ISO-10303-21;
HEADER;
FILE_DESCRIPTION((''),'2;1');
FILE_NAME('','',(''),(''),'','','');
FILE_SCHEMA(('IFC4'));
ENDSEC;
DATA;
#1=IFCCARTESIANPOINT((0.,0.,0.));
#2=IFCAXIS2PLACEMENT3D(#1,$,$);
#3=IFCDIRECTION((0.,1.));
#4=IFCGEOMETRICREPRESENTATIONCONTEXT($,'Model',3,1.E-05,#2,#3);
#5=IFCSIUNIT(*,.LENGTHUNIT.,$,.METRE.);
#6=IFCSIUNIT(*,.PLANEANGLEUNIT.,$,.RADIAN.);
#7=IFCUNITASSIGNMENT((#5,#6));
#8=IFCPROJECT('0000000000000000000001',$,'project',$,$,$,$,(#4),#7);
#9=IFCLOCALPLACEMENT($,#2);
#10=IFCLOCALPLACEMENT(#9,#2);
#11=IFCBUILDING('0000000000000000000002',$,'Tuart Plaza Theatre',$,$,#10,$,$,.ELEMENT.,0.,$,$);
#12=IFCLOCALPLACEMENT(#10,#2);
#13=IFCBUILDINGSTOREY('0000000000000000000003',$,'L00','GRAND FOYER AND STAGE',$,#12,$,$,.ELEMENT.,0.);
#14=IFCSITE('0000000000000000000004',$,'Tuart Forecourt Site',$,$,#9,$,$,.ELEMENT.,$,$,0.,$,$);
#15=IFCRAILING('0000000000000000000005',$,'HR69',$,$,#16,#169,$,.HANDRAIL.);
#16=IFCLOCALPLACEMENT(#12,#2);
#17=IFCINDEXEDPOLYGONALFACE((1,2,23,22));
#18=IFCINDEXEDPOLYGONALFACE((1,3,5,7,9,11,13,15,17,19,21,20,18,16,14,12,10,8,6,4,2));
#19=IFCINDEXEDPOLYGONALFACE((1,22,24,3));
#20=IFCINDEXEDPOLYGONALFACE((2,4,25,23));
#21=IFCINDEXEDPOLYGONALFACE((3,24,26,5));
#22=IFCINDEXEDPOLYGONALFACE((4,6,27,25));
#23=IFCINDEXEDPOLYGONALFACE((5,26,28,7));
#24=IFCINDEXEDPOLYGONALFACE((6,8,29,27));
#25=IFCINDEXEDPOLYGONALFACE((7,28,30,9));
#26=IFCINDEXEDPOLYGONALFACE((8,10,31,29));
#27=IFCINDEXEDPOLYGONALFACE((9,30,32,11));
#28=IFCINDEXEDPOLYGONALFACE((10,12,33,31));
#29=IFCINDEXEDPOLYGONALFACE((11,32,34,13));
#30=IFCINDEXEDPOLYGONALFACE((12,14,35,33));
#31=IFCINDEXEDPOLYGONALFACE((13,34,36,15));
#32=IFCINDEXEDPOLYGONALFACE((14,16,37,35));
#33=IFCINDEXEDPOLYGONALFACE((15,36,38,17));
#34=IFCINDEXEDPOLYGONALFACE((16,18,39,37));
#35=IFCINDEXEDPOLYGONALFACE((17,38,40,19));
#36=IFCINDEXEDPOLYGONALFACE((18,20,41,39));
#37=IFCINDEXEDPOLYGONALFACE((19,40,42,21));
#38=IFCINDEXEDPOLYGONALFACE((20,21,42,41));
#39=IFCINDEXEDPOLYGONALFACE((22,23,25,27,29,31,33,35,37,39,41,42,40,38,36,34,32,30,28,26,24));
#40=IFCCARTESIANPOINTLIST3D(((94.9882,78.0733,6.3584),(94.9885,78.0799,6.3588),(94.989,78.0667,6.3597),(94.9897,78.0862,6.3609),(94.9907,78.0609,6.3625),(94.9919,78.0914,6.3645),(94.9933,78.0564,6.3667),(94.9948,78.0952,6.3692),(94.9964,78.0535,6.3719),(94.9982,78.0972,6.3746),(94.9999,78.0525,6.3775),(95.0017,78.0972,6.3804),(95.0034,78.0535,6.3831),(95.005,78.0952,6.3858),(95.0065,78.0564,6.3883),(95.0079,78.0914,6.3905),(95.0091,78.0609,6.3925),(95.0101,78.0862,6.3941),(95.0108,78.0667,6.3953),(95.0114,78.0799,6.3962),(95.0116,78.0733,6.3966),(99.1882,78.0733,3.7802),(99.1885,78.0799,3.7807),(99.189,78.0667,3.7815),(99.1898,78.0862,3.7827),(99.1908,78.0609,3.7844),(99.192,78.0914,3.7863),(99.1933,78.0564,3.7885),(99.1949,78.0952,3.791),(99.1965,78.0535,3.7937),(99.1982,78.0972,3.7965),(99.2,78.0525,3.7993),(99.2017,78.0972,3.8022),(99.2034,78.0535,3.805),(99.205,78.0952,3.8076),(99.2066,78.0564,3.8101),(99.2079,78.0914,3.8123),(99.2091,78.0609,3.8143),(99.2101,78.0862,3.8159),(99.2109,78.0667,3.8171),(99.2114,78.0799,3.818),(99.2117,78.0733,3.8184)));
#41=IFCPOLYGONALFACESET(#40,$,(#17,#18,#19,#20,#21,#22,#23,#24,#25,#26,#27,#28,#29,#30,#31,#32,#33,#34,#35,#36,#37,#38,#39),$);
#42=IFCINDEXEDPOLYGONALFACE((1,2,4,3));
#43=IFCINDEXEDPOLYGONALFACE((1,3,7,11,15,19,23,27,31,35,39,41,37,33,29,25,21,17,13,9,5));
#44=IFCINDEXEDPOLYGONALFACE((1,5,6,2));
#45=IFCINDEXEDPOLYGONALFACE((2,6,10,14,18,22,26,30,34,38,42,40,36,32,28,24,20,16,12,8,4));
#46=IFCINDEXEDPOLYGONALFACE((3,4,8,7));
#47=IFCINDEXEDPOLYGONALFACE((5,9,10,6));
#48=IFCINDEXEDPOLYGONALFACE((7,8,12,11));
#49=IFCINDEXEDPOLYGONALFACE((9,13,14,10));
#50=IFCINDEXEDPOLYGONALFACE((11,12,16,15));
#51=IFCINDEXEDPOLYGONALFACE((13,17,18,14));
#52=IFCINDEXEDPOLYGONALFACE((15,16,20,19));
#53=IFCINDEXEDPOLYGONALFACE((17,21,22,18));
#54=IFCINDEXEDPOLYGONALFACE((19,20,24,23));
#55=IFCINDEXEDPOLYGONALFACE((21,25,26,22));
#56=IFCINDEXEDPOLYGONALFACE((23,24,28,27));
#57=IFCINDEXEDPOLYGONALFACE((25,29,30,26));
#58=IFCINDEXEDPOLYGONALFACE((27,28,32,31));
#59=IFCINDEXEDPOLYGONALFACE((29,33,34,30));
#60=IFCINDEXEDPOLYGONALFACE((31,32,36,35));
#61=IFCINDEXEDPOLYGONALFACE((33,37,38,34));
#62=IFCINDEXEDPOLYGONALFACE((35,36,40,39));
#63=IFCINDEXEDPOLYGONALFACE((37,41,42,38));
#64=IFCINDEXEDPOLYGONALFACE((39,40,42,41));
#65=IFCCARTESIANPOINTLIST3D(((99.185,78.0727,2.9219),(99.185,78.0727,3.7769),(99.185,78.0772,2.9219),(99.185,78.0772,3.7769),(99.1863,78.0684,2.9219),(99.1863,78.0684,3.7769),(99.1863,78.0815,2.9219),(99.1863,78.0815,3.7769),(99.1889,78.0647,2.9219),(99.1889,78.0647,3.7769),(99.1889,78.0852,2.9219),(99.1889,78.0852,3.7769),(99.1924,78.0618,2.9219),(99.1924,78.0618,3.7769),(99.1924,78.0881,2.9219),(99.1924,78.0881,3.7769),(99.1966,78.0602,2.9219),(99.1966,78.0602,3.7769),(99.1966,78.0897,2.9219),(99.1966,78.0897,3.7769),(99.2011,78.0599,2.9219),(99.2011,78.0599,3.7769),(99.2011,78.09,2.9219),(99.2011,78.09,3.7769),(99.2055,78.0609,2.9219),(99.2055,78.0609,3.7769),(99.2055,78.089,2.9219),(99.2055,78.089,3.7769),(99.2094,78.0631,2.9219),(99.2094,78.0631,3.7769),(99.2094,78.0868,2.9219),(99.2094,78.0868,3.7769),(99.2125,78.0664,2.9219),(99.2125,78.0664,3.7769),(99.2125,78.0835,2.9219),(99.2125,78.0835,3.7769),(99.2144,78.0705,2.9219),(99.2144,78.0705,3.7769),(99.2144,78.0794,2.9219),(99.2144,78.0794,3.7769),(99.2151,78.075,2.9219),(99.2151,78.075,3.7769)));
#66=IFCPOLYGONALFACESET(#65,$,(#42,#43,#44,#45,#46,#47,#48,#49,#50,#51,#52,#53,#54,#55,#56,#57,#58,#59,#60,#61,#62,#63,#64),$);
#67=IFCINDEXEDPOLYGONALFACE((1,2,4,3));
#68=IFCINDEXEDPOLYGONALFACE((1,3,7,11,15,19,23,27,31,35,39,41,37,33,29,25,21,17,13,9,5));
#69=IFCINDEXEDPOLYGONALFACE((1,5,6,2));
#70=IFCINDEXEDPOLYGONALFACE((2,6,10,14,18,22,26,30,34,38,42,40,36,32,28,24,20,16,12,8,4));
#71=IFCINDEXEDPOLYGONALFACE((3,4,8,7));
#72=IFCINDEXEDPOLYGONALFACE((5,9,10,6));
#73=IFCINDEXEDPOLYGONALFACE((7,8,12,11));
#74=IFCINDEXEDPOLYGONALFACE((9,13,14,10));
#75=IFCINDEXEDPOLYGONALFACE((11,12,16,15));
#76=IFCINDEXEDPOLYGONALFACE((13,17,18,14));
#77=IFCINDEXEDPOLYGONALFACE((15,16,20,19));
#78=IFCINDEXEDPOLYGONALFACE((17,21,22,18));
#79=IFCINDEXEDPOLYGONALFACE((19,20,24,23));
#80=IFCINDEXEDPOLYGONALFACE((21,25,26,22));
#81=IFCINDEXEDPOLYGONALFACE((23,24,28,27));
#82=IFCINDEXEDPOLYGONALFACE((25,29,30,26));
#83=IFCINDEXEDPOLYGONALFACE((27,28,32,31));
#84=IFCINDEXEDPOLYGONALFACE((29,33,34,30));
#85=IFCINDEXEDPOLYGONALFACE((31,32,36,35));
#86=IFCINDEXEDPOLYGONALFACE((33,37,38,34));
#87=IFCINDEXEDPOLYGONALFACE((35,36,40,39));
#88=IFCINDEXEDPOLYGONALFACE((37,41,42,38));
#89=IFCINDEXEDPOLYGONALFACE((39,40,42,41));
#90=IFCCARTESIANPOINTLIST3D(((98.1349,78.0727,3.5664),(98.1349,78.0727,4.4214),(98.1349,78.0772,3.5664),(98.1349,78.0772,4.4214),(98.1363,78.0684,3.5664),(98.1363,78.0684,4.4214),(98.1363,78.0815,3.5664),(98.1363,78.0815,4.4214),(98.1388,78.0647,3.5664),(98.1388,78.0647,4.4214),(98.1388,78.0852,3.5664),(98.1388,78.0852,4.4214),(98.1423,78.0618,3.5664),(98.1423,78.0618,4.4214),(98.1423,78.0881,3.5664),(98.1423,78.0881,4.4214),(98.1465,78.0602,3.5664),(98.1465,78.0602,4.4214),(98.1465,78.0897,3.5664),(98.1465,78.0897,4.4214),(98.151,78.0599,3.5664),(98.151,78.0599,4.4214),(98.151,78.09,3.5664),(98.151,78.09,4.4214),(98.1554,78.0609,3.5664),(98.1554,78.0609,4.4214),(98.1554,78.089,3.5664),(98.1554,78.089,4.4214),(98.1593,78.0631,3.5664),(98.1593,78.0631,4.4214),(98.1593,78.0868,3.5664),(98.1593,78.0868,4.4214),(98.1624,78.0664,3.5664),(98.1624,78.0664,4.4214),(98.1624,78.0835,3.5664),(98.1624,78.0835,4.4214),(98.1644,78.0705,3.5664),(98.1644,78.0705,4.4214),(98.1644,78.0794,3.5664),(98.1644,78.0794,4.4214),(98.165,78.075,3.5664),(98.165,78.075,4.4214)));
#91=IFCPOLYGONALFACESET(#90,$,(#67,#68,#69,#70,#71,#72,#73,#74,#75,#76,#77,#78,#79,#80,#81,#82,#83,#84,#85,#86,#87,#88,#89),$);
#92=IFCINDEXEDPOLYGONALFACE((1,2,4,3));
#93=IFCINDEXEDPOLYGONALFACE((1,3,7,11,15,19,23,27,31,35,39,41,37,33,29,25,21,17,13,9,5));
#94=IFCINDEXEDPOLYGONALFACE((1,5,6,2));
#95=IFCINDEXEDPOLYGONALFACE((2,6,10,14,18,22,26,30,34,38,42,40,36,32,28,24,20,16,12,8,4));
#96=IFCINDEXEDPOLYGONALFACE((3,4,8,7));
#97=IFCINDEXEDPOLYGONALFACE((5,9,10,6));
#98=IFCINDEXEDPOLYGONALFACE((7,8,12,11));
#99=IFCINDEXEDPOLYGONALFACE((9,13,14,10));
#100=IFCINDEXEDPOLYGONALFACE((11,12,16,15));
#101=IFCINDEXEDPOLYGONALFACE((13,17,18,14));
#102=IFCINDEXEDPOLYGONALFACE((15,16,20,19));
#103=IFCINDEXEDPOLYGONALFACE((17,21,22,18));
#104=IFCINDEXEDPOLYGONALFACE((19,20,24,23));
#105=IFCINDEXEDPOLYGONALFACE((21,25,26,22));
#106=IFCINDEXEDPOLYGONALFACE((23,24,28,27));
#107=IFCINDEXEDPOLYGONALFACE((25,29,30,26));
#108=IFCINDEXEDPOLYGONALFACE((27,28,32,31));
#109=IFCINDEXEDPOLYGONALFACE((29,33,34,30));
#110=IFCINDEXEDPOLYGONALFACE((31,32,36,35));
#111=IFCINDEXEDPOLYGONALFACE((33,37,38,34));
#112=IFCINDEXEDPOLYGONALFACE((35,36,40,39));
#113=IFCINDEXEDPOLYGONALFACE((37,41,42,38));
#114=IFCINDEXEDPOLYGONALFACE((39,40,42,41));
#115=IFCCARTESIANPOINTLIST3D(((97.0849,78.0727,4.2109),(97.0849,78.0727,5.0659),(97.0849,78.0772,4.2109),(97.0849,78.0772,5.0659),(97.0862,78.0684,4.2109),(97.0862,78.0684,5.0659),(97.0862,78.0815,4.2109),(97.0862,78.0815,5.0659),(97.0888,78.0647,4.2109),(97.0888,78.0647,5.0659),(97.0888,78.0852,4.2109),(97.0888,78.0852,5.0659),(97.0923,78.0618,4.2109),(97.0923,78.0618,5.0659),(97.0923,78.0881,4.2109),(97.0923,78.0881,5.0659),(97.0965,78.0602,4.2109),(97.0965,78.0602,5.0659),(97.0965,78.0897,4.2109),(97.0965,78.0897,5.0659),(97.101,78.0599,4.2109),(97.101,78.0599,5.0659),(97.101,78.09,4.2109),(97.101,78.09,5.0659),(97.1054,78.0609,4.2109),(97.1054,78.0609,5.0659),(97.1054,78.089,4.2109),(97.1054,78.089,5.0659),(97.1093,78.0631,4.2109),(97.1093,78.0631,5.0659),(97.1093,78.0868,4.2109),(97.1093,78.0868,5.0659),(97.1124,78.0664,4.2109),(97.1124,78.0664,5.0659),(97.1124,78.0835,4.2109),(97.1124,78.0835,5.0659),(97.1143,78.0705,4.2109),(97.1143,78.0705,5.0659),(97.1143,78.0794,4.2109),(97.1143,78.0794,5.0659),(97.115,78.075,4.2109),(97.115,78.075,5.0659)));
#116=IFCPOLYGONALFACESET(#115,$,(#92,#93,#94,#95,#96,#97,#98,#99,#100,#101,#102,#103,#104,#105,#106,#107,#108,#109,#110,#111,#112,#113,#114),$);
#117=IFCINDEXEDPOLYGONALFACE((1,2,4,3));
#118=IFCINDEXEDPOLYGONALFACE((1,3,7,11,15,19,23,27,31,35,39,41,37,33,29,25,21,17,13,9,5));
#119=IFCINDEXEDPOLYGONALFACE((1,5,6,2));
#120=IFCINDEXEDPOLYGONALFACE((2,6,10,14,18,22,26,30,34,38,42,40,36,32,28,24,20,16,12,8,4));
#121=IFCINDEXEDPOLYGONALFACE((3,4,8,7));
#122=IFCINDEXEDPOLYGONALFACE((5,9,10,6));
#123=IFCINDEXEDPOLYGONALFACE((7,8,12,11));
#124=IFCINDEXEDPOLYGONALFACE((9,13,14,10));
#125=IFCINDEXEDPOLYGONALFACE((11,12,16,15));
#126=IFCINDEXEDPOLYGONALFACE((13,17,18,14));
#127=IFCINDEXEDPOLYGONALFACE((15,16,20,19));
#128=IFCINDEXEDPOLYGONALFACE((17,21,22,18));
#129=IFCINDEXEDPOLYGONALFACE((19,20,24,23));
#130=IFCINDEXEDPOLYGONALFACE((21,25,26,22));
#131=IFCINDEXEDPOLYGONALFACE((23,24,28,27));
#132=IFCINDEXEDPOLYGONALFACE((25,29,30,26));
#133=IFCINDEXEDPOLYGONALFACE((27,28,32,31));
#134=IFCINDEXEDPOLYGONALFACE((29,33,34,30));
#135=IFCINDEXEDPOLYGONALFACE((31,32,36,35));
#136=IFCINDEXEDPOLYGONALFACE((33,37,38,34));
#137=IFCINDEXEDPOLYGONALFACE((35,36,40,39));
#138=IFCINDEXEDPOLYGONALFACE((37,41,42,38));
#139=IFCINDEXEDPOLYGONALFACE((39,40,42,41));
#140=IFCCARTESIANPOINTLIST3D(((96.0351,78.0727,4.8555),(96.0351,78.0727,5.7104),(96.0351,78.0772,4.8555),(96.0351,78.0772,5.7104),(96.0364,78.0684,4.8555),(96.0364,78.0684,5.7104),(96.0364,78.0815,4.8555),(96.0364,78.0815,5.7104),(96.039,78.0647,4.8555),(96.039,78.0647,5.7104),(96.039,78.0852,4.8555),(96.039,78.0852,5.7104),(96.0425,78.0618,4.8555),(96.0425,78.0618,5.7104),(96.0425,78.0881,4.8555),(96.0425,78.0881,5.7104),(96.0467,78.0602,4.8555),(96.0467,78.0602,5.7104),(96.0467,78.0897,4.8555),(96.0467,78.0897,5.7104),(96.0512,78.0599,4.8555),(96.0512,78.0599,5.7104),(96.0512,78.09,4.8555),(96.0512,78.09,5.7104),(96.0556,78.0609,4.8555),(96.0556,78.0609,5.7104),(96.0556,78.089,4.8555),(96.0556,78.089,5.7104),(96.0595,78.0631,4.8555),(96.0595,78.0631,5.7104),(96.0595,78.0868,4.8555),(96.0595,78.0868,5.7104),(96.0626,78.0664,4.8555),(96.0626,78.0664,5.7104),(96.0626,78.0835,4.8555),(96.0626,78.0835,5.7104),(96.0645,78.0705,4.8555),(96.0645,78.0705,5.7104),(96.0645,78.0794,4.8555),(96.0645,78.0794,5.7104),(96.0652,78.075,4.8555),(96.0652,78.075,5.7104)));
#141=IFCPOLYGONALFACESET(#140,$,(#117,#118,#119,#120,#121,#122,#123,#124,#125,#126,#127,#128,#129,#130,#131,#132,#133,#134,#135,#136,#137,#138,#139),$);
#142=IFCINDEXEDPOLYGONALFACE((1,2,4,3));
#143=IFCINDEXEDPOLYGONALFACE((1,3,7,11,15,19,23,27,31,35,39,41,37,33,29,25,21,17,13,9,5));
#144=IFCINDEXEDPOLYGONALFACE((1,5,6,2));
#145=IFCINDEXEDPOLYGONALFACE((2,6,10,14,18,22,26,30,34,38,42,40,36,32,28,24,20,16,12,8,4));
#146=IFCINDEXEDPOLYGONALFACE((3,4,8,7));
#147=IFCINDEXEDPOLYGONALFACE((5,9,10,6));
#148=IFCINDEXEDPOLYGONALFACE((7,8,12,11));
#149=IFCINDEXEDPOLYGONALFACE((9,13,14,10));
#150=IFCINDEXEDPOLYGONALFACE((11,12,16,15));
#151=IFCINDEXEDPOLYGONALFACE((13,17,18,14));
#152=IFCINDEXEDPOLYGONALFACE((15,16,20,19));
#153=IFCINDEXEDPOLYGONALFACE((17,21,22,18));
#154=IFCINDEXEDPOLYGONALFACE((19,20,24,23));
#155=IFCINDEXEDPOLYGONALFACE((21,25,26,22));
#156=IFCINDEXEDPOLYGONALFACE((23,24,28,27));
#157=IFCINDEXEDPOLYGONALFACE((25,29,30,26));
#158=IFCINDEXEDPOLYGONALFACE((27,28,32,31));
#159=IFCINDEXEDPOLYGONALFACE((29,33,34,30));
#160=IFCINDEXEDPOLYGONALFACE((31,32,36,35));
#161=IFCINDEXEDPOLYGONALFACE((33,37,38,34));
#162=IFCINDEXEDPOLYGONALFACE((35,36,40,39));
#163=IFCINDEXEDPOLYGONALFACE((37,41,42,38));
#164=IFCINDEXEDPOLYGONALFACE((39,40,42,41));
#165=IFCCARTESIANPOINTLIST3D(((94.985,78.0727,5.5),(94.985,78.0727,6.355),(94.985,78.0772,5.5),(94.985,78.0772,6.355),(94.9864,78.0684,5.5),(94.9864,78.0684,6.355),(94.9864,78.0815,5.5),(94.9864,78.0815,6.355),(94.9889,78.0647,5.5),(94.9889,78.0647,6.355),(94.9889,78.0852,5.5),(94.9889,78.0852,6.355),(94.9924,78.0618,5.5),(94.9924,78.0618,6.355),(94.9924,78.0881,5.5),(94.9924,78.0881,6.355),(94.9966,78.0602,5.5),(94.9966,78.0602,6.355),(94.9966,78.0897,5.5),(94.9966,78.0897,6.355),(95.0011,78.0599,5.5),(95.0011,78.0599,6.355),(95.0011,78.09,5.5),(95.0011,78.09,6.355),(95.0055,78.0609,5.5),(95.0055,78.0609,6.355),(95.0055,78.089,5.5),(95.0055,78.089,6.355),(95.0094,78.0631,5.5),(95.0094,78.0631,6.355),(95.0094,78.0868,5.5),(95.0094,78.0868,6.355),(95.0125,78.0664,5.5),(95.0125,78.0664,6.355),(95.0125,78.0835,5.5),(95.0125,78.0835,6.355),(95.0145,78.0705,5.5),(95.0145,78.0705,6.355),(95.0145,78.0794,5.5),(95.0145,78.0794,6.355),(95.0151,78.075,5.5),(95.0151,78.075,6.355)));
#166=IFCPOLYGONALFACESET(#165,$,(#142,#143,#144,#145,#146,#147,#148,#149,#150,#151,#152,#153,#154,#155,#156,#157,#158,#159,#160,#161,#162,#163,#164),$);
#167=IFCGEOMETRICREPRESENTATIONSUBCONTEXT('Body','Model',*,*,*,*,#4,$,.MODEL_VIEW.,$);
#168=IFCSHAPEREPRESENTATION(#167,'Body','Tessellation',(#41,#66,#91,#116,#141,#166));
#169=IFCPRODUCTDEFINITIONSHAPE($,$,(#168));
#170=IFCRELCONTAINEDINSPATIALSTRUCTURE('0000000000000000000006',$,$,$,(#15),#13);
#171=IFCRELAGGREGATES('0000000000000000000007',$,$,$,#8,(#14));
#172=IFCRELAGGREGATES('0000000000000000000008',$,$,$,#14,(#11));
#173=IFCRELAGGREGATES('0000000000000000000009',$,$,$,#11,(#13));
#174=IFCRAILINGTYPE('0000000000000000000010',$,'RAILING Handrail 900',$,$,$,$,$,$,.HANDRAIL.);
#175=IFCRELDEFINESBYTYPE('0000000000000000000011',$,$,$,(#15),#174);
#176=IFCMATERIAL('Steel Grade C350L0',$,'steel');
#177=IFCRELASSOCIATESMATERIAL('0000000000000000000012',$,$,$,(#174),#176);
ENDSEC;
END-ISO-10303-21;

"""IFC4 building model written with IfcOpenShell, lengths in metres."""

from ifc_helpers import new_model, si_unit, direction, frame, origin, origin_2d, place, context, subcontext, project, spatial, circle, extrude, material, type_object, element, save


model = new_model("IFC4")

# Units and contexts
model_context = context("Model", 3, precision=1e-05, world=origin(), true_north=direction((0.0, 1.0)))
body_context = subcontext(model_context, "Body", "Model", "MODEL_VIEW")
ifc_project = project(units=[si_unit("LENGTHUNIT", "METRE"), si_unit("PLANEANGLEUNIT", "RADIAN")], contexts=[model_context])

# Site, building, storey
site_placement = place(None, origin())
site = spatial("IfcSite", under=ifc_project, at=site_placement, Name="Tuart Forecourt Site", CompositionType="ELEMENT", RefElevation=0.0)
building_placement = place(site_placement, origin())
building = spatial("IfcBuilding", under=site, at=building_placement, Name="Tuart Plaza Theatre", CompositionType="ELEMENT", ElevationOfRefHeight=0.0)
storey_placement = place(building_placement, origin())
storey = spatial("IfcBuildingStorey", under=building, at=storey_placement, Name="L00", Description="GRAND FOYER AND STAGE", CompositionType="ELEMENT", Elevation=0.0)

# Railing
ifc_material_1 = material(Name="Steel Grade C350L0", Category="steel")
railing_type_1 = type_object("IfcRailingType", Name="RAILING Handrail 900", PredefinedType="HANDRAIL", material=ifc_material_1)
for number, where, name in (
    (1, (99.2, 78.075, 2.9219), "HR69"),
):
    element("IfcRailing", number, at=place(storey_placement, frame(where)), inside=storey, type_object=railing_type_1, Name=name, PredefinedType="HANDRAIL", context=body_context, shape_type="SweptSolid", body=[
        extrude(circle(Radius=0.0225, at=origin_2d()), frame((0.0, 0.0, 0.8774), z_axis=(-0.852243, 0.0, 0.523146), x_axis=(0.0, -1.0, 0.0)), (0.0, 0.0, 1.0), 4.9282),
        extrude(circle(Radius=0.0151, at=origin_2d()), origin(), (0.0, 0.0, 1.0), 0.855),
        extrude(circle(Radius=0.0151, at=origin_2d()), frame((-1.05, 0.0, 0.6445)), (0.0, 0.0, 1.0), 0.855),
        extrude(circle(Radius=0.0151, at=origin_2d()), frame((-2.1001, 0.0, 1.2891)), (0.0, 0.0, 1.0), 0.855),
        extrude(circle(Radius=0.0151, at=origin_2d()), frame((-3.1499, 0.0, 1.9336)), (0.0, 0.0, 1.0), 0.855),
        extrude(circle(Radius=0.0151, at=origin_2d()), frame((-4.2, 0.0, 2.5781)), (0.0, 0.0, 1.0), 0.855),
    ])

save(model, "model.ifc")
